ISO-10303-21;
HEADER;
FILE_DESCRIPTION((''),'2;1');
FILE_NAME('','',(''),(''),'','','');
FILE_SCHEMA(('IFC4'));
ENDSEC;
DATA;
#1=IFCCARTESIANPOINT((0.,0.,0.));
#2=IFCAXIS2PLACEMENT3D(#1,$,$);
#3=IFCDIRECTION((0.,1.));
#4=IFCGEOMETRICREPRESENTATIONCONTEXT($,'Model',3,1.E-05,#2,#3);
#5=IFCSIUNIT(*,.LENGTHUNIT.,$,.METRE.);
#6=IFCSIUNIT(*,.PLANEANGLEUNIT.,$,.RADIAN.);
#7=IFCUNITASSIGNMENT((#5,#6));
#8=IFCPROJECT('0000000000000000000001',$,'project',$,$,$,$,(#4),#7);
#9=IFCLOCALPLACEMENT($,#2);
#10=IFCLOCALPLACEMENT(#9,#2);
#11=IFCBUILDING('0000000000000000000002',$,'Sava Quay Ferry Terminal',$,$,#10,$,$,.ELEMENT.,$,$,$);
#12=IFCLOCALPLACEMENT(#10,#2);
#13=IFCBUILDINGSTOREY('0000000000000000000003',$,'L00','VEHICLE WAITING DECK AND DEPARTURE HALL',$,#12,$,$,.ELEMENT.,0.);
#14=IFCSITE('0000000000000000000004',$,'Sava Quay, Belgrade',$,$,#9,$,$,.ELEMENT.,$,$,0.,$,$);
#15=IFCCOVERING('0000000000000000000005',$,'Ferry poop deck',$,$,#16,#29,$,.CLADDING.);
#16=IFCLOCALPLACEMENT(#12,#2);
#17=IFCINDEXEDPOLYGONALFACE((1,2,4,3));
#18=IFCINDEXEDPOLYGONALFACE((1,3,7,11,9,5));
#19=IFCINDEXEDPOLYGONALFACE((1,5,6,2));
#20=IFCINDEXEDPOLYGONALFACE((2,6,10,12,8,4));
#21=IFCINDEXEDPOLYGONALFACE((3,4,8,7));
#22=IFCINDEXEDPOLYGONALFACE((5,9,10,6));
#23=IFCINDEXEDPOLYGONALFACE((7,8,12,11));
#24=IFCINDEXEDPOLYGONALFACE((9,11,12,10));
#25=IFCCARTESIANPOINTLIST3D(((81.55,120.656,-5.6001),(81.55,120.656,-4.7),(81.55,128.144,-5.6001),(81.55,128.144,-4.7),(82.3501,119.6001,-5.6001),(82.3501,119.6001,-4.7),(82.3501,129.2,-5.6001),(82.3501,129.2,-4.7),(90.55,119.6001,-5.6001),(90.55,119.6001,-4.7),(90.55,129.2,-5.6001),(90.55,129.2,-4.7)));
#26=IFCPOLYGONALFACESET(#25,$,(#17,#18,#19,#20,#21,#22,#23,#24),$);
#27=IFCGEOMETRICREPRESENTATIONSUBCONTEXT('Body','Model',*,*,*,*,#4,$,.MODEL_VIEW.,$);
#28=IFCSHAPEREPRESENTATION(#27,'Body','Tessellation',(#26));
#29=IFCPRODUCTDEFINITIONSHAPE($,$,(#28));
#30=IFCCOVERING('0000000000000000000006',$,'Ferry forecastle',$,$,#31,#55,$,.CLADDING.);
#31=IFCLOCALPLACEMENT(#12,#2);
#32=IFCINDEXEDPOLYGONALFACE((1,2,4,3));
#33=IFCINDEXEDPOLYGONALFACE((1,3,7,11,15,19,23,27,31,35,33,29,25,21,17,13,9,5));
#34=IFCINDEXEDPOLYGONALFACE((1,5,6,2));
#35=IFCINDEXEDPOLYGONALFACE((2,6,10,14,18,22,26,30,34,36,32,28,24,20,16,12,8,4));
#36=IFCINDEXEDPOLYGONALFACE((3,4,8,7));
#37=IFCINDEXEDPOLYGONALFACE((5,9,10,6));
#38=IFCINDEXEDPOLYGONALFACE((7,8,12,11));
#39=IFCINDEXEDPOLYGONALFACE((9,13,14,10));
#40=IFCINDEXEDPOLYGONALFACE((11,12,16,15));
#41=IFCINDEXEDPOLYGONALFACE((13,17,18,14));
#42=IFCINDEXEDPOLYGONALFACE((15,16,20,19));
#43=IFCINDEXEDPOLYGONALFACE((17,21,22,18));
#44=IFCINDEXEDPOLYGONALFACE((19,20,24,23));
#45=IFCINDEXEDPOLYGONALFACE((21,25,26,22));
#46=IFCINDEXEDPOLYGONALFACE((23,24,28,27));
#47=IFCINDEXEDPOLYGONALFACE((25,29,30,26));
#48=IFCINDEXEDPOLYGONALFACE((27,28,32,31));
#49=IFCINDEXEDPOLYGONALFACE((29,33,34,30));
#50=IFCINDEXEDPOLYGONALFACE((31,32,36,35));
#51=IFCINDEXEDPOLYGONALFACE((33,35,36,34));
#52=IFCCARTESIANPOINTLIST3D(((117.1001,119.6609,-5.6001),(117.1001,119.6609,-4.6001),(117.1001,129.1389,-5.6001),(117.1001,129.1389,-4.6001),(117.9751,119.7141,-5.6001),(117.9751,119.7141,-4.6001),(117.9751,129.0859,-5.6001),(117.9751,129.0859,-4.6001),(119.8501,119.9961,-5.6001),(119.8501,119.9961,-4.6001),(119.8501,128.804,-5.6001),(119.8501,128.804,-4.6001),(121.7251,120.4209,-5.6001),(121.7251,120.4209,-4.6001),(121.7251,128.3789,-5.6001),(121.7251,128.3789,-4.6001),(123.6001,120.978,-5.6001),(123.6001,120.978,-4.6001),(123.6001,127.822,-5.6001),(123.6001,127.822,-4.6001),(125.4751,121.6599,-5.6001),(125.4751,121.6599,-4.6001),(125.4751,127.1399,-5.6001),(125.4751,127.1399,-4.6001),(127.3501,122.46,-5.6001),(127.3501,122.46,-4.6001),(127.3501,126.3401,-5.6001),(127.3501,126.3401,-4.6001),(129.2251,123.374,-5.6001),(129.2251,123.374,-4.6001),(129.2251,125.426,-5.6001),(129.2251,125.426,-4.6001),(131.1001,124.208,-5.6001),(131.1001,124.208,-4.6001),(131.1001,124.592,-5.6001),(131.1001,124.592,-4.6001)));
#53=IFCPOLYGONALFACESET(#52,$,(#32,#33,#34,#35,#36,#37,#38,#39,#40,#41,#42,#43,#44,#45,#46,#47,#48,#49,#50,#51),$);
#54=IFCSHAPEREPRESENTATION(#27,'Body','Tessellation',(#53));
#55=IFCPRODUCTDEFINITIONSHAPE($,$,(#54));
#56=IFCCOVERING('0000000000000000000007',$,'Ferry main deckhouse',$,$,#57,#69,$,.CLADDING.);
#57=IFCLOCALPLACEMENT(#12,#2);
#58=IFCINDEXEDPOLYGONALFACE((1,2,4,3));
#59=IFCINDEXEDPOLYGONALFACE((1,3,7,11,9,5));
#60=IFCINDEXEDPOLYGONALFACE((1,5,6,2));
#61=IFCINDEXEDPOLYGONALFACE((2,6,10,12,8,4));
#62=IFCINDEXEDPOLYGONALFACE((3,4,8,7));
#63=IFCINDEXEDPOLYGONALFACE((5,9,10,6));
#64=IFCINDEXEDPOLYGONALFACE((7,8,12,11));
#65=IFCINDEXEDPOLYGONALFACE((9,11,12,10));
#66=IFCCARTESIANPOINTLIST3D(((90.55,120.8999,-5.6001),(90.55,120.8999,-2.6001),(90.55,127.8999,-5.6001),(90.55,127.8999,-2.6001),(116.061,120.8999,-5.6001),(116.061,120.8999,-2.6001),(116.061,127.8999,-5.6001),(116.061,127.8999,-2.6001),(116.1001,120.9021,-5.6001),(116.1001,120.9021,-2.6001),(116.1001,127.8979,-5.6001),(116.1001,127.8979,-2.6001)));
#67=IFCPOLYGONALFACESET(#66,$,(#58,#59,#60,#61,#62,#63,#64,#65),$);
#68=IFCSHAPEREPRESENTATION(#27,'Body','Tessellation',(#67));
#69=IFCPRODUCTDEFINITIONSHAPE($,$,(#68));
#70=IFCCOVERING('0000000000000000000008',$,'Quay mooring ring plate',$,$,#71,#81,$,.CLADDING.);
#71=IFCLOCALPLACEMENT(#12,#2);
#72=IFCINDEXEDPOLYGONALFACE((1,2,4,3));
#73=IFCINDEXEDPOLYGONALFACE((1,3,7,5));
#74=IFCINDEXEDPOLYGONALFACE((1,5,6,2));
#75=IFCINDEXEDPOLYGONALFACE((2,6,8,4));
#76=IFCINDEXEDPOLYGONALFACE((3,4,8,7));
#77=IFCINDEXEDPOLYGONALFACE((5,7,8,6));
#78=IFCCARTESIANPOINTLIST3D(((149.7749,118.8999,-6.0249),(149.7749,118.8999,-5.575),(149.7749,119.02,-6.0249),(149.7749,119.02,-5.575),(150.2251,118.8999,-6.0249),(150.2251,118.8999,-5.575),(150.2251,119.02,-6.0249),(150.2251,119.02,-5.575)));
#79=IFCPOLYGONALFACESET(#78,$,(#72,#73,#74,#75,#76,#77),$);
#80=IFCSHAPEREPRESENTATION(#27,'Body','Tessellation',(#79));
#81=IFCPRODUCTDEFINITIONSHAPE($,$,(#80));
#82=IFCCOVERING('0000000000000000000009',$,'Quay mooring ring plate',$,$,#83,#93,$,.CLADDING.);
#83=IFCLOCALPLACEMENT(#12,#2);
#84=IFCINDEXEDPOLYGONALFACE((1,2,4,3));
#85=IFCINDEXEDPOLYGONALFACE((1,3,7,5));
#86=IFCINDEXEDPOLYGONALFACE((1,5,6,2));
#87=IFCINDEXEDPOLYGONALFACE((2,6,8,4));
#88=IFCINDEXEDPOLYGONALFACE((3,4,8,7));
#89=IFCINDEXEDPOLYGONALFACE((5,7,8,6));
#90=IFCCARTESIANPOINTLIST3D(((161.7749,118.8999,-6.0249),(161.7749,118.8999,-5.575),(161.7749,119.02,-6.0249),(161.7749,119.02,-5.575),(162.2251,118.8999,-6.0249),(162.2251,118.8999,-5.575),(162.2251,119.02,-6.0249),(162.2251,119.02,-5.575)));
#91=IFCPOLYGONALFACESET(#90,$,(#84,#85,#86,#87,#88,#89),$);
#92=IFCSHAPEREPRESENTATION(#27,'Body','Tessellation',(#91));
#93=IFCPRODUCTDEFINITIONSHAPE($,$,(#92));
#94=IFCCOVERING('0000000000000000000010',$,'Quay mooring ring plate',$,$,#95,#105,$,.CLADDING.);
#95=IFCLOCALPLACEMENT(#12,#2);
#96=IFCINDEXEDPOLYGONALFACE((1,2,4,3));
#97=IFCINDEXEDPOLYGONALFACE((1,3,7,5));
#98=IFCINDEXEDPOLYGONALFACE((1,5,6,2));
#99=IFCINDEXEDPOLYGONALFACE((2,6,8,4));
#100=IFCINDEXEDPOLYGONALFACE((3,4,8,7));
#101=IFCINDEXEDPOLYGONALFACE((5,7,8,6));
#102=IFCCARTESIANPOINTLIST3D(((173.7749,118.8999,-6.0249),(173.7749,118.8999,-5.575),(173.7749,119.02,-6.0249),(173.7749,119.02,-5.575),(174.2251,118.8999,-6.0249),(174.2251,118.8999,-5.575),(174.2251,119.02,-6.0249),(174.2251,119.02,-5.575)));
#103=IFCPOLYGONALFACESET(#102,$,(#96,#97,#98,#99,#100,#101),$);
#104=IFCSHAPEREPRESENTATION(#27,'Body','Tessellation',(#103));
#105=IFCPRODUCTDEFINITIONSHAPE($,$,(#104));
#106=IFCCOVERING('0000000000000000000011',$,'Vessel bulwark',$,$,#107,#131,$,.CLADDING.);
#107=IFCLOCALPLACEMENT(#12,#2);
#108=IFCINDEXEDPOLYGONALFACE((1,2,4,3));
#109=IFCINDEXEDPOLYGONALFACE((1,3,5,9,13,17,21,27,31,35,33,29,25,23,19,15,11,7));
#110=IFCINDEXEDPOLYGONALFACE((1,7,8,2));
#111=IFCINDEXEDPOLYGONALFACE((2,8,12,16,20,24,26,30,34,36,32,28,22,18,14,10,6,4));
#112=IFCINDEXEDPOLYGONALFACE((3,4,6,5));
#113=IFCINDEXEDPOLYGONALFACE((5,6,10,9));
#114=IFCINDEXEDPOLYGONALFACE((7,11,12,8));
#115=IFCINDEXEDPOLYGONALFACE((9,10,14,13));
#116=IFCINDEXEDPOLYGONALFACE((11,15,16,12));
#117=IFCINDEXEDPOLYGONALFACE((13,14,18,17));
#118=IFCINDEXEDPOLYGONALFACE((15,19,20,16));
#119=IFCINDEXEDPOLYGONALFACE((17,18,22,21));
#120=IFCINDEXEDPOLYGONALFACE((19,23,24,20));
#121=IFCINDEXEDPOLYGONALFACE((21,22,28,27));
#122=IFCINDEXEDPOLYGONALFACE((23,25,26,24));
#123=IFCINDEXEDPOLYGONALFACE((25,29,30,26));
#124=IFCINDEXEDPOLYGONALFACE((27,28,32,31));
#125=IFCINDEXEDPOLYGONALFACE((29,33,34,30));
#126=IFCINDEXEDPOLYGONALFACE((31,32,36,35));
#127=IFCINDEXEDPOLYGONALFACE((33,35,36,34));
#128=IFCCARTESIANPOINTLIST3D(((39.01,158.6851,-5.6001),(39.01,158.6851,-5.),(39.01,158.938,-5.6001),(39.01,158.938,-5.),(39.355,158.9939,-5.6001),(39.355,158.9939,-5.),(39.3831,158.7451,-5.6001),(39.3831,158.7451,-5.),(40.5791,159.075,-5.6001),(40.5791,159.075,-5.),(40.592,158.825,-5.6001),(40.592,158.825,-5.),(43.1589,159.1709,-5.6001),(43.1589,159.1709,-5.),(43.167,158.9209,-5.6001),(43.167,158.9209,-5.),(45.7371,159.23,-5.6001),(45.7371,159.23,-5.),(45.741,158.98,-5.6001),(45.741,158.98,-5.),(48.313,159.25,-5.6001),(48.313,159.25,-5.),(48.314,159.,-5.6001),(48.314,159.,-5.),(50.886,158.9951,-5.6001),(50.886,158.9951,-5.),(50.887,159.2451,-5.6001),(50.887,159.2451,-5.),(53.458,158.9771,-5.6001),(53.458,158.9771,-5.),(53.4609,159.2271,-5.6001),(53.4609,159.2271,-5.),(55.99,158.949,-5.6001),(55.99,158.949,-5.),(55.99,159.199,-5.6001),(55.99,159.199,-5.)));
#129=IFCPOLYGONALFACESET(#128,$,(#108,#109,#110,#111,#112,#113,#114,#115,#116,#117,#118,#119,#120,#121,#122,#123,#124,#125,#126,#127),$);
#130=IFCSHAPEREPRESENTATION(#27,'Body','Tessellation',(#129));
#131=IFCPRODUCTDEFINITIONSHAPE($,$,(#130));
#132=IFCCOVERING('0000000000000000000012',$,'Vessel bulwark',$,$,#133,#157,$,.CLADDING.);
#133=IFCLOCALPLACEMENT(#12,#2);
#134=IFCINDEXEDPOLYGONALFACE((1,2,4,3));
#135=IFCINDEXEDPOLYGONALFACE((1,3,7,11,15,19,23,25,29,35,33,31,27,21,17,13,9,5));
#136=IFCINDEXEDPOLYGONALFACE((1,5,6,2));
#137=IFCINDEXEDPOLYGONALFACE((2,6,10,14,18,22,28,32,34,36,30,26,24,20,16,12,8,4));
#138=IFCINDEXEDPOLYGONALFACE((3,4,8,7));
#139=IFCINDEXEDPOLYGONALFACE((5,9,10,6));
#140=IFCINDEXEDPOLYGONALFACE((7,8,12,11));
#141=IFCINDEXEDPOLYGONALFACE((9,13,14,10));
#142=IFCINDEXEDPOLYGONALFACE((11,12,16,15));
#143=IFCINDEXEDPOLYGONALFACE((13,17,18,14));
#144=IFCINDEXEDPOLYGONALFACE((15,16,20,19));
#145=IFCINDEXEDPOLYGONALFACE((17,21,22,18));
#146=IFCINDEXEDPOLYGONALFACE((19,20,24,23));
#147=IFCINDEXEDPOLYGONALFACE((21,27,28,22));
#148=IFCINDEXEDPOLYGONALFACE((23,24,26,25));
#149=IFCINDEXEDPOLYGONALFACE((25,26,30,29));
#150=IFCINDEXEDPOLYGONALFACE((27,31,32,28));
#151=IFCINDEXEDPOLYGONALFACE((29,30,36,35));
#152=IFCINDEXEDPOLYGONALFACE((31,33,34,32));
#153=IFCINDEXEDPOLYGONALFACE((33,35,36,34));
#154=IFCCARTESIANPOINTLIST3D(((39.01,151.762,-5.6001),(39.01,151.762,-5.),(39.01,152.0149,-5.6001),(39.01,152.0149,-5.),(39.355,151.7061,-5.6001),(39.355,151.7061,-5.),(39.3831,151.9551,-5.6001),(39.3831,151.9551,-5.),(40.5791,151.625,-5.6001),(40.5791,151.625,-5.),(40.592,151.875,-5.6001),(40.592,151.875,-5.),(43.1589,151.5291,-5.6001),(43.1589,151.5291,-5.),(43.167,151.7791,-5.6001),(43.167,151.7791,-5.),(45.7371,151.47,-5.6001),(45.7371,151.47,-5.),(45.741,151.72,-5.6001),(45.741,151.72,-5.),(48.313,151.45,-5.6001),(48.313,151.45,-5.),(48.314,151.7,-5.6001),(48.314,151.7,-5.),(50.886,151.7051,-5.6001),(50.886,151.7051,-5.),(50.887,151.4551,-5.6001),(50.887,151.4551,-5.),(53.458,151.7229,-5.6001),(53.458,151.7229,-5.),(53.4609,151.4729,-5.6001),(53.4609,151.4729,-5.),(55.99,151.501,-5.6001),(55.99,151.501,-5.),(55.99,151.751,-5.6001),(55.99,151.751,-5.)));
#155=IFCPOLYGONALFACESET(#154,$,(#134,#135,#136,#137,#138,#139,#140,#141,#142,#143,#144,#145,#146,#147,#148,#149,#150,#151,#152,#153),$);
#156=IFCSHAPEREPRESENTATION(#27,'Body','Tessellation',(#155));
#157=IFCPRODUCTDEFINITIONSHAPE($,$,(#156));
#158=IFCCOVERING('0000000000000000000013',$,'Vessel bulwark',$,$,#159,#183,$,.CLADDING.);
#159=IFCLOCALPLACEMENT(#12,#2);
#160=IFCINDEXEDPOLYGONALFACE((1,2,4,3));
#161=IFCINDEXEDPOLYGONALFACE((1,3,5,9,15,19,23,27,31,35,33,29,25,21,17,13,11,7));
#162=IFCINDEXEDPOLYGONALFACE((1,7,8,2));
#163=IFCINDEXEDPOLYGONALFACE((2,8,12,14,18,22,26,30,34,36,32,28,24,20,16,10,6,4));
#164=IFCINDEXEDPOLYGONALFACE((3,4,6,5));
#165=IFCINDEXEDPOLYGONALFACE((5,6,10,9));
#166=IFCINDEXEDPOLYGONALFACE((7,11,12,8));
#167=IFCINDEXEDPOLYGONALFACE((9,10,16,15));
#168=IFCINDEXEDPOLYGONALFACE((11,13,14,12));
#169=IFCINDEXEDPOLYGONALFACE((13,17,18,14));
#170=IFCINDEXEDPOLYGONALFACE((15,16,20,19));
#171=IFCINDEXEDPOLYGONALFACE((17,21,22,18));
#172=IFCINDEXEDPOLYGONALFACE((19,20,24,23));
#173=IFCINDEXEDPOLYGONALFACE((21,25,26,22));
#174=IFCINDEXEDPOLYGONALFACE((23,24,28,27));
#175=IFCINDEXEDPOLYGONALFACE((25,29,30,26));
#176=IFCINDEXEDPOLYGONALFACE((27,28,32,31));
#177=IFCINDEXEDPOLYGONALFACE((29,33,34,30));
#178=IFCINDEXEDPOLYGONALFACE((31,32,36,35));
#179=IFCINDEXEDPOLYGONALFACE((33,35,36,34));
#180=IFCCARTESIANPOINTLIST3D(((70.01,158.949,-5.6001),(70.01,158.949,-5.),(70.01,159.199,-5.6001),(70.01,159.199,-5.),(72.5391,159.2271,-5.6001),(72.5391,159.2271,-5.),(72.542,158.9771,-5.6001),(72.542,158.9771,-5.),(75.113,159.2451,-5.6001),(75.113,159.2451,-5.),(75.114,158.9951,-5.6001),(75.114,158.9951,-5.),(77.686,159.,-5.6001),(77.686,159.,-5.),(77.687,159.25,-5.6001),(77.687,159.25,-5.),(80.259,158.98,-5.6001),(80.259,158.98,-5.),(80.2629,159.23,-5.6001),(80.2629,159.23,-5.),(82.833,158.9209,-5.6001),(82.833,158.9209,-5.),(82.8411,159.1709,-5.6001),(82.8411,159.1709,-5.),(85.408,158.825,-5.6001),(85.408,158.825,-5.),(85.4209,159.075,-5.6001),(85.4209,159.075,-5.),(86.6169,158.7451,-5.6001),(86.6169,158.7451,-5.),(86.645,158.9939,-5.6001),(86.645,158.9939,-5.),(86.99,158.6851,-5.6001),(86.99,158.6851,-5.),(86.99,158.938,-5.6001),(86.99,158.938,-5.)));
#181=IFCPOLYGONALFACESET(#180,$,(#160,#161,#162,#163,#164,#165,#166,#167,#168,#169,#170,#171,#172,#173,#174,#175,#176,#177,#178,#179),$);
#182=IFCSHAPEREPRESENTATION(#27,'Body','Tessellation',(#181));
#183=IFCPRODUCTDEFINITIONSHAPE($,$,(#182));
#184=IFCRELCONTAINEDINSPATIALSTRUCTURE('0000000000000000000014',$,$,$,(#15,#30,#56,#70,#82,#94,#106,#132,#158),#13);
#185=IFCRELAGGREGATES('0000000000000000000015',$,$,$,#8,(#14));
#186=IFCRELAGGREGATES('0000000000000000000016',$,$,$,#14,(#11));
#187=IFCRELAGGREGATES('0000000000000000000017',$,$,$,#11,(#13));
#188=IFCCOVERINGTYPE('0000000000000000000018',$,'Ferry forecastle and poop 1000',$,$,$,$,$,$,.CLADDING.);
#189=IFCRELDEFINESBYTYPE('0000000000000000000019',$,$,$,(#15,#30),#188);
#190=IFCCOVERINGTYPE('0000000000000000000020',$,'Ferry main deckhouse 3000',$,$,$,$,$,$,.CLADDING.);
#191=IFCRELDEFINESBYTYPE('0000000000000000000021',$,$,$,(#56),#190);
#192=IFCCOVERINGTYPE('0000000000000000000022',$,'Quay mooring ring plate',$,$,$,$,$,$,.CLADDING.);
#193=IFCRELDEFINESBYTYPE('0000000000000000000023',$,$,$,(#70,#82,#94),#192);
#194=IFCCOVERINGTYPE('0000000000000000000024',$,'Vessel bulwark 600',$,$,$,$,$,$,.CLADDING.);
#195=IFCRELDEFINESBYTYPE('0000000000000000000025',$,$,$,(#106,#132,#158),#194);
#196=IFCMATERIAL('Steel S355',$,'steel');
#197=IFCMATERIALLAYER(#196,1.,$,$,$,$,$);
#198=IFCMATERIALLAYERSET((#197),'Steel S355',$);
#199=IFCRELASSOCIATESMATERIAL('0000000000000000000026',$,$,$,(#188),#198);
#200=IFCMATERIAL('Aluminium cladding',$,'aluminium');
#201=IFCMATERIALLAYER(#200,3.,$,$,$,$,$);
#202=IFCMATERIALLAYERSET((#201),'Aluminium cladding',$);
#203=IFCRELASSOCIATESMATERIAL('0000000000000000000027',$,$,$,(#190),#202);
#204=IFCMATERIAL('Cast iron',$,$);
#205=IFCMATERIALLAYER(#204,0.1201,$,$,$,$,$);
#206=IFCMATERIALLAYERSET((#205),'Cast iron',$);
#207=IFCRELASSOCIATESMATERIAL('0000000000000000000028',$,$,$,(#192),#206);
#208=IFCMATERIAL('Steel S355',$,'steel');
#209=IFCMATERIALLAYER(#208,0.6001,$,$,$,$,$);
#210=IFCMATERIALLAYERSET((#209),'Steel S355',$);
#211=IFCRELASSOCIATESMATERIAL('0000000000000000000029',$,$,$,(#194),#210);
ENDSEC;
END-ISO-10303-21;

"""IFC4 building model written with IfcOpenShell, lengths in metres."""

from ifc_helpers import new_model, si_unit, direction, frame, origin, place, context, subcontext, project, spatial, polyline, outline, extrude, material, layer, layer_set, type_object, element, save


model = new_model("IFC4")

# Units and contexts
model_context = context("Model", 3, precision=1e-05, world=origin(), true_north=direction((0.0, 1.0)))
body_context = subcontext(model_context, "Body", "Model", "MODEL_VIEW")
ifc_project = project(units=[si_unit("LENGTHUNIT", "METRE"), si_unit("PLANEANGLEUNIT", "RADIAN")], contexts=[model_context])

# Site, building, storey
site_placement = place(None, origin())
site = spatial("IfcSite", under=ifc_project, at=site_placement, Name="Sava Quay, Belgrade", CompositionType="ELEMENT", RefElevation=0.0)
building_placement = place(site_placement, origin())
building = spatial("IfcBuilding", under=site, at=building_placement, Name="Sava Quay Ferry Terminal", CompositionType="ELEMENT")
storey_placement = place(building_placement, origin())
storey = spatial("IfcBuildingStorey", under=building, at=storey_placement, Name="L00", Description="VEHICLE WAITING DECK AND DEPARTURE HALL", CompositionType="ELEMENT", Elevation=0.0)

# Coverings
ifc_material_1 = material(Name="Steel S355", Category="steel")
ifc_layer_1 = layer(ifc_material_1, 1.0)
ifc_layer_set_1 = layer_set([ifc_layer_1], Name="Steel S355")
covering_type_1 = type_object("IfcCoveringType", Name="Ferry forecastle and poop 1000", PredefinedType="CLADDING", material=ifc_layer_set_1)
covering_1_placement = place(storey_placement, frame((0.0, 0.0, -5.6001)))
element("IfcCovering", 1, at=covering_1_placement, inside=storey, type_object=covering_type_1, Name="Ferry poop deck", PredefinedType="CLADDING", context=body_context, shape_type="SweptSolid", body=[
    extrude(outline(polyline([(82.3501, 129.2), (81.55, 128.144), (81.55, 120.656), (82.3501, 119.6001), (90.55, 119.6001), (90.55, 129.2), (82.3501, 129.2)])), origin(), (0.0, 0.0, 1.0), 0.9001),
])
covering_2_placement = place(storey_placement, frame((0.0, 0.0, -5.6001)))
element("IfcCovering", 2, at=covering_2_placement, inside=storey, type_object=covering_type_1, Name="Ferry forecastle", PredefinedType="CLADDING", context=body_context, shape_type="SweptSolid", body=[
    extrude(outline(polyline([(117.9751, 129.0859), (117.1001, 129.1389), (117.1001, 119.6609), (117.9751, 119.7141), (119.8501, 119.9961), (121.7251, 120.4209), (123.6001, 120.978), (125.4751, 121.6599), (127.3501, 122.46), (129.2251, 123.374), (131.1001, 124.208), (131.1001, 124.592), (129.2251, 125.426), (127.3501, 126.3401), (125.4751, 127.1399), (123.6001, 127.822), (121.7251, 128.3789), (119.8501, 128.804), (117.9751, 129.0859)])), origin(), (0.0, 0.0, 1.0), 1.0),
])
ifc_material_2 = material(Name="Aluminium cladding", Category="aluminium")
ifc_layer_2 = layer(ifc_material_2, 3.0)
ifc_layer_set_2 = layer_set([ifc_layer_2], Name="Aluminium cladding")
covering_type_2 = type_object("IfcCoveringType", Name="Ferry main deckhouse 3000", PredefinedType="CLADDING", material=ifc_layer_set_2)
covering_3_placement = place(storey_placement, frame((0.0, 0.0, -5.6001)))
element("IfcCovering", 3, at=covering_3_placement, inside=storey, type_object=covering_type_2, Name="Ferry main deckhouse", PredefinedType="CLADDING", context=body_context, shape_type="SweptSolid", body=[
    extrude(outline(polyline([(116.061, 127.8999), (90.55, 127.8999), (90.55, 120.8999), (116.061, 120.8999), (116.1001, 120.9021), (116.1001, 127.8979), (116.061, 127.8999)])), origin(), (0.0, 0.0, 1.0), 3.0),
])
ifc_material_3 = material(Name="Cast iron")
ifc_layer_3 = layer(ifc_material_3, 0.1201)
ifc_layer_set_3 = layer_set([ifc_layer_3], Name="Cast iron")
covering_type_3 = type_object("IfcCoveringType", Name="Quay mooring ring plate", PredefinedType="CLADDING", material=ifc_layer_set_3)
covering_4_placement = place(storey_placement, frame((0.0, 0.0, -6.0249)))
element("IfcCovering", 4, at=covering_4_placement, inside=storey, type_object=covering_type_3, Name="Quay mooring ring plate", PredefinedType="CLADDING", context=body_context, shape_type="SweptSolid", body=[
    extrude(outline(polyline([(150.2251, 118.8999), (150.2251, 119.02), (149.7749, 119.02), (149.7749, 118.8999), (150.2251, 118.8999)])), origin(), (0.0, 0.0, 1.0), 0.45),
])
covering_5_placement = place(storey_placement, frame((0.0, 0.0, -6.0249)))
element("IfcCovering", 5, at=covering_5_placement, inside=storey, type_object=covering_type_3, Name="Quay mooring ring plate", PredefinedType="CLADDING", context=body_context, shape_type="SweptSolid", body=[
    extrude(outline(polyline([(162.2251, 118.8999), (162.2251, 119.02), (161.7749, 119.02), (161.7749, 118.8999), (162.2251, 118.8999)])), origin(), (0.0, 0.0, 1.0), 0.45),
])
covering_6_placement = place(storey_placement, frame((0.0, 0.0, -6.0249)))
element("IfcCovering", 6, at=covering_6_placement, inside=storey, type_object=covering_type_3, Name="Quay mooring ring plate", PredefinedType="CLADDING", context=body_context, shape_type="SweptSolid", body=[
    extrude(outline(polyline([(174.2251, 118.8999), (174.2251, 119.02), (173.7749, 119.02), (173.7749, 118.8999), (174.2251, 118.8999)])), origin(), (0.0, 0.0, 1.0), 0.45),
])
ifc_material_4 = material(Name="Steel S355", Category="steel")
ifc_layer_4 = layer(ifc_material_4, 0.6001)
ifc_layer_set_4 = layer_set([ifc_layer_4], Name="Steel S355")
covering_type_4 = type_object("IfcCoveringType", Name="Vessel bulwark 600", PredefinedType="CLADDING", material=ifc_layer_set_4)
covering_7_placement = place(storey_placement, frame((0.0, 0.0, -5.6001)))
element("IfcCovering", 7, at=covering_7_placement, inside=storey, type_object=covering_type_4, Name="Vessel bulwark", PredefinedType="CLADDING", context=body_context, shape_type="SweptSolid", body=[
    extrude(outline(polyline([(50.887, 159.2451), (48.313, 159.25), (45.7371, 159.23), (43.1589, 159.1709), (40.5791, 159.075), (39.355, 158.9939), (39.01, 158.938), (39.01, 158.6851), (39.3831, 158.7451), (40.592, 158.825), (43.167, 158.9209), (45.741, 158.98), (48.314, 159.0), (50.886, 158.9951), (53.458, 158.9771), (55.99, 158.949), (55.99, 159.199), (53.4609, 159.2271), (50.887, 159.2451)])), origin(), (0.0, 0.0, 1.0), 0.6001),
])
covering_8_placement = place(storey_placement, frame((0.0, 0.0, -5.6001)))
element("IfcCovering", 8, at=covering_8_placement, inside=storey, type_object=covering_type_4, Name="Vessel bulwark", PredefinedType="CLADDING", context=body_context, shape_type="SweptSolid", body=[
    extrude(outline(polyline([(39.355, 151.7061), (40.5791, 151.625), (43.1589, 151.5291), (45.7371, 151.47), (48.313, 151.45), (50.887, 151.4551), (53.4609, 151.4729), (55.99, 151.501), (55.99, 151.751), (53.458, 151.7229), (50.886, 151.7051), (48.314, 151.7), (45.741, 151.72), (43.167, 151.7791), (40.592, 151.875), (39.3831, 151.9551), (39.01, 152.0149), (39.01, 151.762), (39.355, 151.7061)])), origin(), (0.0, 0.0, 1.0), 0.6001),
])
covering_9_placement = place(storey_placement, frame((0.0, 0.0, -5.6001)))
element("IfcCovering", 9, at=covering_9_placement, inside=storey, type_object=covering_type_4, Name="Vessel bulwark", PredefinedType="CLADDING", context=body_context, shape_type="SweptSolid", body=[
    extrude(outline(polyline([(75.113, 159.2451), (72.5391, 159.2271), (70.01, 159.199), (70.01, 158.949), (72.542, 158.9771), (75.114, 158.9951), (77.686, 159.0), (80.259, 158.98), (82.833, 158.9209), (85.408, 158.825), (86.6169, 158.7451), (86.99, 158.6851), (86.99, 158.938), (86.645, 158.9939), (85.4209, 159.075), (82.8411, 159.1709), (80.2629, 159.23), (77.687, 159.25), (75.113, 159.2451)])), origin(), (0.0, 0.0, 1.0), 0.6001),
])

save(model, "model.ifc")
